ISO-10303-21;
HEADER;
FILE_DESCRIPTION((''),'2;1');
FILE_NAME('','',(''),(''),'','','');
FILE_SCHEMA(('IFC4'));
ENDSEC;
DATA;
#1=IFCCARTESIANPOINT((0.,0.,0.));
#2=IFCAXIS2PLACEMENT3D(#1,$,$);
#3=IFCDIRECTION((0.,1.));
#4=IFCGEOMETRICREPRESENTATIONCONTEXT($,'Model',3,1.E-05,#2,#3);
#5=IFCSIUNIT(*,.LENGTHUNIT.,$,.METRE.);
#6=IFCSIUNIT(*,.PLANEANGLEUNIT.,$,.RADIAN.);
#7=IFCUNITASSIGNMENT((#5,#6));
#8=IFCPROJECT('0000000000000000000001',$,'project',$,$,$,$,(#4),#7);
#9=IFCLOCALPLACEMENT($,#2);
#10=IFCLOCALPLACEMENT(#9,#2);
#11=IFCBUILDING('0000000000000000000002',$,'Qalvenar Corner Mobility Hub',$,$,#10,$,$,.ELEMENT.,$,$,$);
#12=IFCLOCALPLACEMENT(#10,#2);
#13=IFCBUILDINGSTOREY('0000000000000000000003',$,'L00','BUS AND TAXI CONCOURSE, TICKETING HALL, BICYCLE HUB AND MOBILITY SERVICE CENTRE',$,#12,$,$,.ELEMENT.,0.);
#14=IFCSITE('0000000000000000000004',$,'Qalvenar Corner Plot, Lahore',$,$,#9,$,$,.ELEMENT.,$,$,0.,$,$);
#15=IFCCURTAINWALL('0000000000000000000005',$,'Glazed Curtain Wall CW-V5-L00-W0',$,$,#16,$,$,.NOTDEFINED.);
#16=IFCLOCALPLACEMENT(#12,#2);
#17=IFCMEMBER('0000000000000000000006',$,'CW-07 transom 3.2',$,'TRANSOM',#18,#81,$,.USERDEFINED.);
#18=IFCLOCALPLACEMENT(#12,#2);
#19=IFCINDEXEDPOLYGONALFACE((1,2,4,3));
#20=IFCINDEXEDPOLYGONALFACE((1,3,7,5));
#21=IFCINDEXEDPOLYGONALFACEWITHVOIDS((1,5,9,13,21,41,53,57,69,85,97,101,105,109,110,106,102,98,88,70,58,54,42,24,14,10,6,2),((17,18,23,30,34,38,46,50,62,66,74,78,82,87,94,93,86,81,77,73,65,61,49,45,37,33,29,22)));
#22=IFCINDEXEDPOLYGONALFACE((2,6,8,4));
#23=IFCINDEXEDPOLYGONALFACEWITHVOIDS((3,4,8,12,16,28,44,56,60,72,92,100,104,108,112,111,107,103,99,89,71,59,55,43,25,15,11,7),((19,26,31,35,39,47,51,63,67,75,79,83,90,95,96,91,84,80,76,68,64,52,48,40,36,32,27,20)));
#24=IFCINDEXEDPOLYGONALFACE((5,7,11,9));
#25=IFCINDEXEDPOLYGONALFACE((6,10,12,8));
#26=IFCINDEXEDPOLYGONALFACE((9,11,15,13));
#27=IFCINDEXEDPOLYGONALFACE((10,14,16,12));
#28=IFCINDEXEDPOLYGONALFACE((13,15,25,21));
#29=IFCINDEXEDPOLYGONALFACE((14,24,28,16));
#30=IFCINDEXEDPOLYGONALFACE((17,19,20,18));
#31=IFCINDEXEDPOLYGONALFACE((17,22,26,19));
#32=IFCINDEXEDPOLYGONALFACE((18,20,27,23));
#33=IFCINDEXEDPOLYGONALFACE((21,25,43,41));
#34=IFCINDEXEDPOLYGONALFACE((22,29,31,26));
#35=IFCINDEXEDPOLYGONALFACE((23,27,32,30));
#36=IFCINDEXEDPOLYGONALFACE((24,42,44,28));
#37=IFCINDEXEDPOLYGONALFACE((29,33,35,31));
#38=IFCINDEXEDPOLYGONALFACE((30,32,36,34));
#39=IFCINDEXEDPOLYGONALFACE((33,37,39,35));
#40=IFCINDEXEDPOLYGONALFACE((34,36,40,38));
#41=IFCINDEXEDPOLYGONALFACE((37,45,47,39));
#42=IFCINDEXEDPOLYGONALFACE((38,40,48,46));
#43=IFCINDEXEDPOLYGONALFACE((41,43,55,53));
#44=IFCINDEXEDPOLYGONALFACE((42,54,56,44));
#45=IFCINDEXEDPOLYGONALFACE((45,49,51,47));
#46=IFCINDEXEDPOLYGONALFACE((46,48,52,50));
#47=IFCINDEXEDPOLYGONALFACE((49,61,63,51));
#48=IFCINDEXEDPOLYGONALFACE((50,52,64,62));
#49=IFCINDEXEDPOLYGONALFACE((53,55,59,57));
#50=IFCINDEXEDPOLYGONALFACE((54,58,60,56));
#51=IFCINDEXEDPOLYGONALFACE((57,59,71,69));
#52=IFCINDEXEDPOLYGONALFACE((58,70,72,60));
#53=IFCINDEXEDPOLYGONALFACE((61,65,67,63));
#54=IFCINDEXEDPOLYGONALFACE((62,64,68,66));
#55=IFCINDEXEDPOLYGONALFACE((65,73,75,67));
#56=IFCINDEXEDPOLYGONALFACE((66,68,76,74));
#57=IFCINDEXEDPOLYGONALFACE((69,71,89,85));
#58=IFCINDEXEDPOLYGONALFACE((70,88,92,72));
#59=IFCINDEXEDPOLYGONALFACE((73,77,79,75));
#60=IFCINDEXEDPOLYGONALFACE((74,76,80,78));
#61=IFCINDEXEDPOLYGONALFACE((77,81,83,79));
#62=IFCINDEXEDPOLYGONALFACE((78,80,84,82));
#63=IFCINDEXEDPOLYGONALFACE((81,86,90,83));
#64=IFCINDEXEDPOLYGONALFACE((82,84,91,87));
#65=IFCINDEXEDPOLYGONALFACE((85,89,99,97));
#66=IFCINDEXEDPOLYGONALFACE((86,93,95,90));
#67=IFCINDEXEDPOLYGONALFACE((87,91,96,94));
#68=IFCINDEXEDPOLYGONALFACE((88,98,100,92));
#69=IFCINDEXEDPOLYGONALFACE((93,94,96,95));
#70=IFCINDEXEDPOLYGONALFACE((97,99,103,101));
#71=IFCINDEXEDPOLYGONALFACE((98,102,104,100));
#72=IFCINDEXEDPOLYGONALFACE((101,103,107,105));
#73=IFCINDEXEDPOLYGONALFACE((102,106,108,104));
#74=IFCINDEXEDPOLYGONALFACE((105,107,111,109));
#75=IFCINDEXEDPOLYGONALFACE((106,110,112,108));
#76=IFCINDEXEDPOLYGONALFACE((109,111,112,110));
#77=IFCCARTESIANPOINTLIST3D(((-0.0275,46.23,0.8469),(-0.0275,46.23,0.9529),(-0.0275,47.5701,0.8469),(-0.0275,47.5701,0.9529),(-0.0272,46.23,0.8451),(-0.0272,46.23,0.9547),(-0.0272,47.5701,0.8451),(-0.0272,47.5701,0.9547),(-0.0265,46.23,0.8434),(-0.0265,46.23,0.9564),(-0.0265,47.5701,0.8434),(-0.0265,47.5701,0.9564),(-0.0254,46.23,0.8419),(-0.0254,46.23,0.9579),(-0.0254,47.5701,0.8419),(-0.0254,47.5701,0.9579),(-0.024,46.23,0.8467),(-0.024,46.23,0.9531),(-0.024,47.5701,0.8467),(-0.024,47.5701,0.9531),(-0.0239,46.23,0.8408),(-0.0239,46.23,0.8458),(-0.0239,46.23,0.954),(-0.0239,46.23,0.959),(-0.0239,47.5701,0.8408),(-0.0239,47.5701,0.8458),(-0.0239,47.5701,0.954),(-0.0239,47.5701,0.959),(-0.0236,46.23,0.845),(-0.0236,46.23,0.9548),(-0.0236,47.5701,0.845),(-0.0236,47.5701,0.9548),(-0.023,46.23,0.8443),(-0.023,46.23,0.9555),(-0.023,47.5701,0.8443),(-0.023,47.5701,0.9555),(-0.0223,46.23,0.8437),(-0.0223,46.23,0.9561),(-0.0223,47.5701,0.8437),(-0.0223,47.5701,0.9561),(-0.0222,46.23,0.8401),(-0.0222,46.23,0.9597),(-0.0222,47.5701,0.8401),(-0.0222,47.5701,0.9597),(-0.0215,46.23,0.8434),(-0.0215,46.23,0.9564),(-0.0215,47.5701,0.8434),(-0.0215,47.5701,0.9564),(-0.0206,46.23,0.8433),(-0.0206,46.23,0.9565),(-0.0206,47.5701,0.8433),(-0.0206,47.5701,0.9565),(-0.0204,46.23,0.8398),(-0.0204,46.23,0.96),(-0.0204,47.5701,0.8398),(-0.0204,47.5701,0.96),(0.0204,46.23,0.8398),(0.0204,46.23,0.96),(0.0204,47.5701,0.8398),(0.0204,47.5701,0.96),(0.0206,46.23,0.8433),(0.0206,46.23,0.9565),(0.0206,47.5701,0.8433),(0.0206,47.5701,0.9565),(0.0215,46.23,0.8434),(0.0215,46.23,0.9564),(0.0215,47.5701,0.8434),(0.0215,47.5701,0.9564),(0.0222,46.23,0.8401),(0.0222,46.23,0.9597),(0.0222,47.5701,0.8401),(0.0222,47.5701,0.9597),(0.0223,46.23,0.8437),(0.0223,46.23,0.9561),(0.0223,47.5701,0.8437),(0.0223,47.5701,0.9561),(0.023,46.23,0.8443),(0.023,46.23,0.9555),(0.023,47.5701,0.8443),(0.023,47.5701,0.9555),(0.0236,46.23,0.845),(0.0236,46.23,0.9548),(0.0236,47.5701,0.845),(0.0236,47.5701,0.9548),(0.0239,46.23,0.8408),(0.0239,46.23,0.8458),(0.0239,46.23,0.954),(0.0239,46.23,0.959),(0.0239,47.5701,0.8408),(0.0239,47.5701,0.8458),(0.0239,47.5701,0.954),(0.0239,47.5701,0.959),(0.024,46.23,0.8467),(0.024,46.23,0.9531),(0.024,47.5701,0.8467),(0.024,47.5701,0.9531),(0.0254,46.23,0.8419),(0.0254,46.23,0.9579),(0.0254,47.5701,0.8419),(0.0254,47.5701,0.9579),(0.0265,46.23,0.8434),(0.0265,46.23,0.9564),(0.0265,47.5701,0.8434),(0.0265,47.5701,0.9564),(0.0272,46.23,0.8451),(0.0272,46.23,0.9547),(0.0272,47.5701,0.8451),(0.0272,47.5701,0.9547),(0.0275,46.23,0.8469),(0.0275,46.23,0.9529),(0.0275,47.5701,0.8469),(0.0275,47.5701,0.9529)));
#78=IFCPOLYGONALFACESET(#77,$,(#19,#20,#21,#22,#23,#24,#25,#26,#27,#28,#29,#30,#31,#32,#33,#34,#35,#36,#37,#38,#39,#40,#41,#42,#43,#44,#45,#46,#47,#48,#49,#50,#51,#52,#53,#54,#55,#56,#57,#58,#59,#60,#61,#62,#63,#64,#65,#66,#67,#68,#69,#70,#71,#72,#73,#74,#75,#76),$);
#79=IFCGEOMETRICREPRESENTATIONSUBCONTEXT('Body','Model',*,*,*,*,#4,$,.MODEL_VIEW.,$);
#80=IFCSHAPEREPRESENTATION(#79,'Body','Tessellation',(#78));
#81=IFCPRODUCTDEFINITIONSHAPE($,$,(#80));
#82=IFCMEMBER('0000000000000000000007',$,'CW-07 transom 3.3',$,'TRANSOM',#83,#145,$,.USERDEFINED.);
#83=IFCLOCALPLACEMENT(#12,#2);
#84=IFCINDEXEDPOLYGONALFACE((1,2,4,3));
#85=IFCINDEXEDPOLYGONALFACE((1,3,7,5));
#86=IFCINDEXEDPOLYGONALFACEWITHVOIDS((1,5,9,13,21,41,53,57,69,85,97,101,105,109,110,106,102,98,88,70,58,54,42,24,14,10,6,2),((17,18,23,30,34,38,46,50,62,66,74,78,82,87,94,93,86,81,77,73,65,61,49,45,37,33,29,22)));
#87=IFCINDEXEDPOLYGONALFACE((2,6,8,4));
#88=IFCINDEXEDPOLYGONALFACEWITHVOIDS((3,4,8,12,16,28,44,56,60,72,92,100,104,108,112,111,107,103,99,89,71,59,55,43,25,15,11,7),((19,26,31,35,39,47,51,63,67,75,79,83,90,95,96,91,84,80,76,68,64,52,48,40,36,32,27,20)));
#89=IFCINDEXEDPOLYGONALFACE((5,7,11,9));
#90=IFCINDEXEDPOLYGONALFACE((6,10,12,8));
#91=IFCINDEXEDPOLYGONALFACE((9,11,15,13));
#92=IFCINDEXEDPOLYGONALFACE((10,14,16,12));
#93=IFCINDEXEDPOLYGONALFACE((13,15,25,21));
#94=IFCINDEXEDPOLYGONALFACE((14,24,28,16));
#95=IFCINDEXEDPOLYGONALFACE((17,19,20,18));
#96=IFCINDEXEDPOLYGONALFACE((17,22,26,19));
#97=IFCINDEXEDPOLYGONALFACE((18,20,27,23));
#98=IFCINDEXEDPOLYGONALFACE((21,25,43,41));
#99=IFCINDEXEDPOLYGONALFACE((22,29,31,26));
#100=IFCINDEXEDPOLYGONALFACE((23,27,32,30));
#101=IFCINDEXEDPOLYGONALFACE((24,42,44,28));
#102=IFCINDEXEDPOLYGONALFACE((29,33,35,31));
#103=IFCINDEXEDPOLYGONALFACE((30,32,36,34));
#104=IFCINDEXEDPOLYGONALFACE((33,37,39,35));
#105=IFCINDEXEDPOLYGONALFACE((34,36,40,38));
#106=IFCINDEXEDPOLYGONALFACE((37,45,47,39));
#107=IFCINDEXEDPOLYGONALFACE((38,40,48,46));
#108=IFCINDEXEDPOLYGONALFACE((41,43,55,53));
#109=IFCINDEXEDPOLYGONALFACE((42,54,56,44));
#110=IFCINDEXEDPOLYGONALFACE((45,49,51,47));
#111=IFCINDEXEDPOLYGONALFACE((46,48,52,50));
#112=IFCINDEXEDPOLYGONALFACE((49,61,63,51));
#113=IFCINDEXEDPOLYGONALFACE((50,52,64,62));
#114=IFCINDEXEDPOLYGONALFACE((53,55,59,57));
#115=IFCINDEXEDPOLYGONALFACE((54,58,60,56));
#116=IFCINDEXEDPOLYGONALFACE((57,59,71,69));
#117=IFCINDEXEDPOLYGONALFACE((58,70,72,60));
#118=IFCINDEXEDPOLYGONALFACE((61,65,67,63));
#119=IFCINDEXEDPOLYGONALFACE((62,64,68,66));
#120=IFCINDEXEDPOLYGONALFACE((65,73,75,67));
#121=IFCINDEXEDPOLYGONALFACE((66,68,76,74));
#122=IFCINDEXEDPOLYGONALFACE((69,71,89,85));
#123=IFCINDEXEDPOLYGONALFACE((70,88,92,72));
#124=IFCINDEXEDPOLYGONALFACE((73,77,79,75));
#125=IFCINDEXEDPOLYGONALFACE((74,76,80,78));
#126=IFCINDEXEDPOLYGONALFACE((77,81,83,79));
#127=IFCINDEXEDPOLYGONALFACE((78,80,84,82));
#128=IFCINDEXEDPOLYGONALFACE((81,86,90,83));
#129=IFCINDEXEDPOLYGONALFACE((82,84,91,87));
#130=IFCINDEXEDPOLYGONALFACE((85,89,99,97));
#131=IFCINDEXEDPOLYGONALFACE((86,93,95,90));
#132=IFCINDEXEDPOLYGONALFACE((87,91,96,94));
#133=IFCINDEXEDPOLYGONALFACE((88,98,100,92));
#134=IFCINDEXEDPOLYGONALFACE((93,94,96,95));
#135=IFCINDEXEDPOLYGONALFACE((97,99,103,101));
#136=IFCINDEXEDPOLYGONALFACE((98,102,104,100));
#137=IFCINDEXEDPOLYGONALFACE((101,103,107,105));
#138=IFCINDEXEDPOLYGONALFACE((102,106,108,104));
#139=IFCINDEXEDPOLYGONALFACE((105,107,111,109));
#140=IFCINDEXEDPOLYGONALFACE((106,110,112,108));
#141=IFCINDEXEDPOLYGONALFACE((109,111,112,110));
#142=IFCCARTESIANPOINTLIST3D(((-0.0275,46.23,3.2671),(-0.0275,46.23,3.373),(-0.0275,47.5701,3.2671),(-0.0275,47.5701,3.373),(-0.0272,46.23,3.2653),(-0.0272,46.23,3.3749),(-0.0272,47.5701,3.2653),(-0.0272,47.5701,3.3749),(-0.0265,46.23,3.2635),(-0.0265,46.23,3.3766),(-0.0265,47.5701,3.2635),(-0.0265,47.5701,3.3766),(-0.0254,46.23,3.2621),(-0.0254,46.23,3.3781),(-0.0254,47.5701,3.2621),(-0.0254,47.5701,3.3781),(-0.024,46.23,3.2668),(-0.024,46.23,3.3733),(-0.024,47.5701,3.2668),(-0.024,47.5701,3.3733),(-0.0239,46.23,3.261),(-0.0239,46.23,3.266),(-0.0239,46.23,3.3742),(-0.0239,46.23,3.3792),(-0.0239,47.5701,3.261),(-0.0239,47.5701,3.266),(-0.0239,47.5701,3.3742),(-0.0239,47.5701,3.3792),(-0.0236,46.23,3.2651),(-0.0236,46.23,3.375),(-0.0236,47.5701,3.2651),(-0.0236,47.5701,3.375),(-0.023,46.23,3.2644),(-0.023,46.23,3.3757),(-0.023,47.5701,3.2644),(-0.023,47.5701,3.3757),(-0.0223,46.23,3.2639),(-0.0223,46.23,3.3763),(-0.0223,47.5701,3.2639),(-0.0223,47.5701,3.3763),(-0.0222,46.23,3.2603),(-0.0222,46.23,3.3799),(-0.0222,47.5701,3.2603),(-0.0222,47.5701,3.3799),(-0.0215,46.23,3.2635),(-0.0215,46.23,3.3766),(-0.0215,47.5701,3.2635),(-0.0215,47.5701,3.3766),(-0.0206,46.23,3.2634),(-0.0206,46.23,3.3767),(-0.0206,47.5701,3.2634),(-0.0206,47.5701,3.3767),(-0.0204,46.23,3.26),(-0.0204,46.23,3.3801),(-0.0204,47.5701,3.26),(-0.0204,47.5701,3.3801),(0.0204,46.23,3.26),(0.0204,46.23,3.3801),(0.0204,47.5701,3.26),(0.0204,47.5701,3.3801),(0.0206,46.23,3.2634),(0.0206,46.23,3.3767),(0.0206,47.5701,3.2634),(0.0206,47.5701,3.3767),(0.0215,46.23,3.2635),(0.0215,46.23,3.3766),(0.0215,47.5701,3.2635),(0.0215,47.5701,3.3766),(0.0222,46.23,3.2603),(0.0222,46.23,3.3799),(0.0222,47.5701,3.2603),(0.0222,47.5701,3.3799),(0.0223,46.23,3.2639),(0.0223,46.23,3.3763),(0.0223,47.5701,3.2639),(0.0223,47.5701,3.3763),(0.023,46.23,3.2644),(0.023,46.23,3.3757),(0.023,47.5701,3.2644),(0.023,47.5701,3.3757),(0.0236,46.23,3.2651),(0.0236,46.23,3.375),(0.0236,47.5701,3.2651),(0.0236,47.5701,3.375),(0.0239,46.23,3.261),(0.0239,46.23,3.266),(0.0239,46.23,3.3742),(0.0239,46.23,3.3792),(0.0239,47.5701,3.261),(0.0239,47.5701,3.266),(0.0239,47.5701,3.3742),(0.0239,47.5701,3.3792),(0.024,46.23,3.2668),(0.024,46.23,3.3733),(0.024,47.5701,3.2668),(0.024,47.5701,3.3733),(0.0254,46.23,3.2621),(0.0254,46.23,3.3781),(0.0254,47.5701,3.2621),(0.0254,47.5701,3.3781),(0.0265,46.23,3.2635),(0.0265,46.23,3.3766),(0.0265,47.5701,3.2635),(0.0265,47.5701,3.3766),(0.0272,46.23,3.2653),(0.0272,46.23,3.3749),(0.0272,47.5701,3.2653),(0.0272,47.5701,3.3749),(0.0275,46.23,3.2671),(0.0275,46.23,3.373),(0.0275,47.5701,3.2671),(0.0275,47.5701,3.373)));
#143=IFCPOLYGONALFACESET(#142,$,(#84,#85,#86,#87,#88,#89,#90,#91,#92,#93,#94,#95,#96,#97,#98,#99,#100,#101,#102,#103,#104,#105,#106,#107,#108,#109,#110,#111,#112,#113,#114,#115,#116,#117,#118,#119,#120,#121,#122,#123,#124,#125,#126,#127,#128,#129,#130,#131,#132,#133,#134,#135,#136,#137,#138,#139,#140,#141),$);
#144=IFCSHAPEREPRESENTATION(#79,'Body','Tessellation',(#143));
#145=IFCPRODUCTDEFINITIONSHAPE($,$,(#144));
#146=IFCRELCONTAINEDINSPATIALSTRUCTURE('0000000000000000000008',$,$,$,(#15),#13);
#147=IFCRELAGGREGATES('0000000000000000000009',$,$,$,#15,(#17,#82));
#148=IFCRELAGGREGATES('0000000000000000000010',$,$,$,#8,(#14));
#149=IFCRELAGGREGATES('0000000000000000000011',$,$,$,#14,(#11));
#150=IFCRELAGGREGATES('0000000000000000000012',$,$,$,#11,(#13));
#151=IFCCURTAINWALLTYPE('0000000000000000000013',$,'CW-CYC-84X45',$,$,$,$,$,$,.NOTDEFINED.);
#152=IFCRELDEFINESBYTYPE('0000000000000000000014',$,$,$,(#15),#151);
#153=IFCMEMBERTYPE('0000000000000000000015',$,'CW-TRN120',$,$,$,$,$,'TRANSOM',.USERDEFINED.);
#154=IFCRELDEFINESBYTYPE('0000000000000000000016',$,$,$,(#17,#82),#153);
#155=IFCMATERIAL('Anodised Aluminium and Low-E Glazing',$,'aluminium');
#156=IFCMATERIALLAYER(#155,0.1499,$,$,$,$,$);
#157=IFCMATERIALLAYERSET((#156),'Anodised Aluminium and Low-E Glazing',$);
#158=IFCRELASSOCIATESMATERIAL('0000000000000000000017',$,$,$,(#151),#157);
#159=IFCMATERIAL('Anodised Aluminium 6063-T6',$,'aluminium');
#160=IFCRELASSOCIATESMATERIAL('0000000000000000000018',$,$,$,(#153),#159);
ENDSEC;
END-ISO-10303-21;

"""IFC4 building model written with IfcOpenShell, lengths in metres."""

from ifc_helpers import new_model, si_unit, direction, frame, origin, origin_2d, place, context, subcontext, project, spatial, hollow_rectangle, extrude, material, layer, layer_set, material_profile, profile_set, type_object, element, aggregate, save


model = new_model("IFC4")

# Units and contexts
model_context = context("Model", 3, precision=1e-05, world=origin(), true_north=direction((0.0, 1.0)))
body_context = subcontext(model_context, "Body", "Model", "MODEL_VIEW")
ifc_project = project(units=[si_unit("LENGTHUNIT", "METRE"), si_unit("PLANEANGLEUNIT", "RADIAN")], contexts=[model_context])

# Site, building, storey
site_placement = place(None, origin())
site = spatial("IfcSite", under=ifc_project, at=site_placement, Name="Qalvenar Corner Plot, Lahore", CompositionType="ELEMENT", RefElevation=0.0)
building_placement = place(site_placement, origin())
building = spatial("IfcBuilding", under=site, at=building_placement, Name="Qalvenar Corner Mobility Hub", CompositionType="ELEMENT")
storey_placement = place(building_placement, origin())
storey = spatial("IfcBuildingStorey", under=building, at=storey_placement, Name="L00", Description="BUS AND TAXI CONCOURSE, TICKETING HALL, BICYCLE HUB AND MOBILITY SERVICE CENTRE", CompositionType="ELEMENT", Elevation=0.0)

# Curtain wall, members
ifc_material_1 = material(Name="Anodised Aluminium and Low-E Glazing", Category="aluminium")
ifc_layer_1 = layer(ifc_material_1, 0.1499)
ifc_layer_set_1 = layer_set([ifc_layer_1], Name="Anodised Aluminium and Low-E Glazing")
curtain_wall_type = type_object("IfcCurtainWallType", Name="CW-CYC-84X45", PredefinedType="NOTDEFINED", material=ifc_layer_set_1)
curtain_wall_placement = place(storey_placement, origin())
curtain_wall = element("IfcCurtainWall", 1, at=curtain_wall_placement, inside=storey, type_object=curtain_wall_type, Name="Glazed Curtain Wall CW-V5-L00-W0", PredefinedType="NOTDEFINED")
ifc_material_2 = material(Name="Anodised Aluminium 6063-T6", Category="aluminium")
ifc_material_profile_1 = material_profile(ifc_material_2, hollow_rectangle(XDim=0.0549, YDim=0.1201, WallThickness=0.0034, InnerFilletRadius=0.0034, OuterFilletRadius=0.0071, at=origin_2d()), Name="RHS120x55x3.5")
ifc_profile_set_1 = profile_set([ifc_material_profile_1], Name="Anodised Aluminium 6063-T6")
member_type_1 = type_object("IfcMemberType", Name="CW-TRN120", ElementType="TRANSOM", PredefinedType="USERDEFINED", material=ifc_profile_set_1)
member_1_placement = place(storey_placement, frame((0.0, 47.5701, 0.8999), z_axis=(0.0, -1.0, 0.0), x_axis=(1.0, 0.0, 0.0)))
member_1 = element("IfcMember", 2, at=member_1_placement, type_object=member_type_1, Name="CW-07 transom 3.2", ObjectType="TRANSOM", PredefinedType="USERDEFINED", context=body_context, shape_type="SweptSolid", body=[
    extrude(hollow_rectangle(XDim=0.0549, YDim=0.1201, WallThickness=0.0034, InnerFilletRadius=0.0034, OuterFilletRadius=0.0071, at=origin_2d()), origin(), (0.0, 0.0, 1.0), 1.3401),
])
member_2_placement = place(storey_placement, frame((0.0, 47.5701, 3.3201), z_axis=(0.0, -1.0, 0.0), x_axis=(1.0, 0.0, 0.0)))
member_2 = element("IfcMember", 3, at=member_2_placement, type_object=member_type_1, Name="CW-07 transom 3.3", ObjectType="TRANSOM", PredefinedType="USERDEFINED", context=body_context, shape_type="SweptSolid", body=[
    extrude(hollow_rectangle(XDim=0.0549, YDim=0.1201, WallThickness=0.0034, InnerFilletRadius=0.0034, OuterFilletRadius=0.0071, at=origin_2d()), origin(), (0.0, 0.0, 1.0), 1.3401),
])
aggregate(curtain_wall, [member_1, member_2])

save(model, "model.ifc")
